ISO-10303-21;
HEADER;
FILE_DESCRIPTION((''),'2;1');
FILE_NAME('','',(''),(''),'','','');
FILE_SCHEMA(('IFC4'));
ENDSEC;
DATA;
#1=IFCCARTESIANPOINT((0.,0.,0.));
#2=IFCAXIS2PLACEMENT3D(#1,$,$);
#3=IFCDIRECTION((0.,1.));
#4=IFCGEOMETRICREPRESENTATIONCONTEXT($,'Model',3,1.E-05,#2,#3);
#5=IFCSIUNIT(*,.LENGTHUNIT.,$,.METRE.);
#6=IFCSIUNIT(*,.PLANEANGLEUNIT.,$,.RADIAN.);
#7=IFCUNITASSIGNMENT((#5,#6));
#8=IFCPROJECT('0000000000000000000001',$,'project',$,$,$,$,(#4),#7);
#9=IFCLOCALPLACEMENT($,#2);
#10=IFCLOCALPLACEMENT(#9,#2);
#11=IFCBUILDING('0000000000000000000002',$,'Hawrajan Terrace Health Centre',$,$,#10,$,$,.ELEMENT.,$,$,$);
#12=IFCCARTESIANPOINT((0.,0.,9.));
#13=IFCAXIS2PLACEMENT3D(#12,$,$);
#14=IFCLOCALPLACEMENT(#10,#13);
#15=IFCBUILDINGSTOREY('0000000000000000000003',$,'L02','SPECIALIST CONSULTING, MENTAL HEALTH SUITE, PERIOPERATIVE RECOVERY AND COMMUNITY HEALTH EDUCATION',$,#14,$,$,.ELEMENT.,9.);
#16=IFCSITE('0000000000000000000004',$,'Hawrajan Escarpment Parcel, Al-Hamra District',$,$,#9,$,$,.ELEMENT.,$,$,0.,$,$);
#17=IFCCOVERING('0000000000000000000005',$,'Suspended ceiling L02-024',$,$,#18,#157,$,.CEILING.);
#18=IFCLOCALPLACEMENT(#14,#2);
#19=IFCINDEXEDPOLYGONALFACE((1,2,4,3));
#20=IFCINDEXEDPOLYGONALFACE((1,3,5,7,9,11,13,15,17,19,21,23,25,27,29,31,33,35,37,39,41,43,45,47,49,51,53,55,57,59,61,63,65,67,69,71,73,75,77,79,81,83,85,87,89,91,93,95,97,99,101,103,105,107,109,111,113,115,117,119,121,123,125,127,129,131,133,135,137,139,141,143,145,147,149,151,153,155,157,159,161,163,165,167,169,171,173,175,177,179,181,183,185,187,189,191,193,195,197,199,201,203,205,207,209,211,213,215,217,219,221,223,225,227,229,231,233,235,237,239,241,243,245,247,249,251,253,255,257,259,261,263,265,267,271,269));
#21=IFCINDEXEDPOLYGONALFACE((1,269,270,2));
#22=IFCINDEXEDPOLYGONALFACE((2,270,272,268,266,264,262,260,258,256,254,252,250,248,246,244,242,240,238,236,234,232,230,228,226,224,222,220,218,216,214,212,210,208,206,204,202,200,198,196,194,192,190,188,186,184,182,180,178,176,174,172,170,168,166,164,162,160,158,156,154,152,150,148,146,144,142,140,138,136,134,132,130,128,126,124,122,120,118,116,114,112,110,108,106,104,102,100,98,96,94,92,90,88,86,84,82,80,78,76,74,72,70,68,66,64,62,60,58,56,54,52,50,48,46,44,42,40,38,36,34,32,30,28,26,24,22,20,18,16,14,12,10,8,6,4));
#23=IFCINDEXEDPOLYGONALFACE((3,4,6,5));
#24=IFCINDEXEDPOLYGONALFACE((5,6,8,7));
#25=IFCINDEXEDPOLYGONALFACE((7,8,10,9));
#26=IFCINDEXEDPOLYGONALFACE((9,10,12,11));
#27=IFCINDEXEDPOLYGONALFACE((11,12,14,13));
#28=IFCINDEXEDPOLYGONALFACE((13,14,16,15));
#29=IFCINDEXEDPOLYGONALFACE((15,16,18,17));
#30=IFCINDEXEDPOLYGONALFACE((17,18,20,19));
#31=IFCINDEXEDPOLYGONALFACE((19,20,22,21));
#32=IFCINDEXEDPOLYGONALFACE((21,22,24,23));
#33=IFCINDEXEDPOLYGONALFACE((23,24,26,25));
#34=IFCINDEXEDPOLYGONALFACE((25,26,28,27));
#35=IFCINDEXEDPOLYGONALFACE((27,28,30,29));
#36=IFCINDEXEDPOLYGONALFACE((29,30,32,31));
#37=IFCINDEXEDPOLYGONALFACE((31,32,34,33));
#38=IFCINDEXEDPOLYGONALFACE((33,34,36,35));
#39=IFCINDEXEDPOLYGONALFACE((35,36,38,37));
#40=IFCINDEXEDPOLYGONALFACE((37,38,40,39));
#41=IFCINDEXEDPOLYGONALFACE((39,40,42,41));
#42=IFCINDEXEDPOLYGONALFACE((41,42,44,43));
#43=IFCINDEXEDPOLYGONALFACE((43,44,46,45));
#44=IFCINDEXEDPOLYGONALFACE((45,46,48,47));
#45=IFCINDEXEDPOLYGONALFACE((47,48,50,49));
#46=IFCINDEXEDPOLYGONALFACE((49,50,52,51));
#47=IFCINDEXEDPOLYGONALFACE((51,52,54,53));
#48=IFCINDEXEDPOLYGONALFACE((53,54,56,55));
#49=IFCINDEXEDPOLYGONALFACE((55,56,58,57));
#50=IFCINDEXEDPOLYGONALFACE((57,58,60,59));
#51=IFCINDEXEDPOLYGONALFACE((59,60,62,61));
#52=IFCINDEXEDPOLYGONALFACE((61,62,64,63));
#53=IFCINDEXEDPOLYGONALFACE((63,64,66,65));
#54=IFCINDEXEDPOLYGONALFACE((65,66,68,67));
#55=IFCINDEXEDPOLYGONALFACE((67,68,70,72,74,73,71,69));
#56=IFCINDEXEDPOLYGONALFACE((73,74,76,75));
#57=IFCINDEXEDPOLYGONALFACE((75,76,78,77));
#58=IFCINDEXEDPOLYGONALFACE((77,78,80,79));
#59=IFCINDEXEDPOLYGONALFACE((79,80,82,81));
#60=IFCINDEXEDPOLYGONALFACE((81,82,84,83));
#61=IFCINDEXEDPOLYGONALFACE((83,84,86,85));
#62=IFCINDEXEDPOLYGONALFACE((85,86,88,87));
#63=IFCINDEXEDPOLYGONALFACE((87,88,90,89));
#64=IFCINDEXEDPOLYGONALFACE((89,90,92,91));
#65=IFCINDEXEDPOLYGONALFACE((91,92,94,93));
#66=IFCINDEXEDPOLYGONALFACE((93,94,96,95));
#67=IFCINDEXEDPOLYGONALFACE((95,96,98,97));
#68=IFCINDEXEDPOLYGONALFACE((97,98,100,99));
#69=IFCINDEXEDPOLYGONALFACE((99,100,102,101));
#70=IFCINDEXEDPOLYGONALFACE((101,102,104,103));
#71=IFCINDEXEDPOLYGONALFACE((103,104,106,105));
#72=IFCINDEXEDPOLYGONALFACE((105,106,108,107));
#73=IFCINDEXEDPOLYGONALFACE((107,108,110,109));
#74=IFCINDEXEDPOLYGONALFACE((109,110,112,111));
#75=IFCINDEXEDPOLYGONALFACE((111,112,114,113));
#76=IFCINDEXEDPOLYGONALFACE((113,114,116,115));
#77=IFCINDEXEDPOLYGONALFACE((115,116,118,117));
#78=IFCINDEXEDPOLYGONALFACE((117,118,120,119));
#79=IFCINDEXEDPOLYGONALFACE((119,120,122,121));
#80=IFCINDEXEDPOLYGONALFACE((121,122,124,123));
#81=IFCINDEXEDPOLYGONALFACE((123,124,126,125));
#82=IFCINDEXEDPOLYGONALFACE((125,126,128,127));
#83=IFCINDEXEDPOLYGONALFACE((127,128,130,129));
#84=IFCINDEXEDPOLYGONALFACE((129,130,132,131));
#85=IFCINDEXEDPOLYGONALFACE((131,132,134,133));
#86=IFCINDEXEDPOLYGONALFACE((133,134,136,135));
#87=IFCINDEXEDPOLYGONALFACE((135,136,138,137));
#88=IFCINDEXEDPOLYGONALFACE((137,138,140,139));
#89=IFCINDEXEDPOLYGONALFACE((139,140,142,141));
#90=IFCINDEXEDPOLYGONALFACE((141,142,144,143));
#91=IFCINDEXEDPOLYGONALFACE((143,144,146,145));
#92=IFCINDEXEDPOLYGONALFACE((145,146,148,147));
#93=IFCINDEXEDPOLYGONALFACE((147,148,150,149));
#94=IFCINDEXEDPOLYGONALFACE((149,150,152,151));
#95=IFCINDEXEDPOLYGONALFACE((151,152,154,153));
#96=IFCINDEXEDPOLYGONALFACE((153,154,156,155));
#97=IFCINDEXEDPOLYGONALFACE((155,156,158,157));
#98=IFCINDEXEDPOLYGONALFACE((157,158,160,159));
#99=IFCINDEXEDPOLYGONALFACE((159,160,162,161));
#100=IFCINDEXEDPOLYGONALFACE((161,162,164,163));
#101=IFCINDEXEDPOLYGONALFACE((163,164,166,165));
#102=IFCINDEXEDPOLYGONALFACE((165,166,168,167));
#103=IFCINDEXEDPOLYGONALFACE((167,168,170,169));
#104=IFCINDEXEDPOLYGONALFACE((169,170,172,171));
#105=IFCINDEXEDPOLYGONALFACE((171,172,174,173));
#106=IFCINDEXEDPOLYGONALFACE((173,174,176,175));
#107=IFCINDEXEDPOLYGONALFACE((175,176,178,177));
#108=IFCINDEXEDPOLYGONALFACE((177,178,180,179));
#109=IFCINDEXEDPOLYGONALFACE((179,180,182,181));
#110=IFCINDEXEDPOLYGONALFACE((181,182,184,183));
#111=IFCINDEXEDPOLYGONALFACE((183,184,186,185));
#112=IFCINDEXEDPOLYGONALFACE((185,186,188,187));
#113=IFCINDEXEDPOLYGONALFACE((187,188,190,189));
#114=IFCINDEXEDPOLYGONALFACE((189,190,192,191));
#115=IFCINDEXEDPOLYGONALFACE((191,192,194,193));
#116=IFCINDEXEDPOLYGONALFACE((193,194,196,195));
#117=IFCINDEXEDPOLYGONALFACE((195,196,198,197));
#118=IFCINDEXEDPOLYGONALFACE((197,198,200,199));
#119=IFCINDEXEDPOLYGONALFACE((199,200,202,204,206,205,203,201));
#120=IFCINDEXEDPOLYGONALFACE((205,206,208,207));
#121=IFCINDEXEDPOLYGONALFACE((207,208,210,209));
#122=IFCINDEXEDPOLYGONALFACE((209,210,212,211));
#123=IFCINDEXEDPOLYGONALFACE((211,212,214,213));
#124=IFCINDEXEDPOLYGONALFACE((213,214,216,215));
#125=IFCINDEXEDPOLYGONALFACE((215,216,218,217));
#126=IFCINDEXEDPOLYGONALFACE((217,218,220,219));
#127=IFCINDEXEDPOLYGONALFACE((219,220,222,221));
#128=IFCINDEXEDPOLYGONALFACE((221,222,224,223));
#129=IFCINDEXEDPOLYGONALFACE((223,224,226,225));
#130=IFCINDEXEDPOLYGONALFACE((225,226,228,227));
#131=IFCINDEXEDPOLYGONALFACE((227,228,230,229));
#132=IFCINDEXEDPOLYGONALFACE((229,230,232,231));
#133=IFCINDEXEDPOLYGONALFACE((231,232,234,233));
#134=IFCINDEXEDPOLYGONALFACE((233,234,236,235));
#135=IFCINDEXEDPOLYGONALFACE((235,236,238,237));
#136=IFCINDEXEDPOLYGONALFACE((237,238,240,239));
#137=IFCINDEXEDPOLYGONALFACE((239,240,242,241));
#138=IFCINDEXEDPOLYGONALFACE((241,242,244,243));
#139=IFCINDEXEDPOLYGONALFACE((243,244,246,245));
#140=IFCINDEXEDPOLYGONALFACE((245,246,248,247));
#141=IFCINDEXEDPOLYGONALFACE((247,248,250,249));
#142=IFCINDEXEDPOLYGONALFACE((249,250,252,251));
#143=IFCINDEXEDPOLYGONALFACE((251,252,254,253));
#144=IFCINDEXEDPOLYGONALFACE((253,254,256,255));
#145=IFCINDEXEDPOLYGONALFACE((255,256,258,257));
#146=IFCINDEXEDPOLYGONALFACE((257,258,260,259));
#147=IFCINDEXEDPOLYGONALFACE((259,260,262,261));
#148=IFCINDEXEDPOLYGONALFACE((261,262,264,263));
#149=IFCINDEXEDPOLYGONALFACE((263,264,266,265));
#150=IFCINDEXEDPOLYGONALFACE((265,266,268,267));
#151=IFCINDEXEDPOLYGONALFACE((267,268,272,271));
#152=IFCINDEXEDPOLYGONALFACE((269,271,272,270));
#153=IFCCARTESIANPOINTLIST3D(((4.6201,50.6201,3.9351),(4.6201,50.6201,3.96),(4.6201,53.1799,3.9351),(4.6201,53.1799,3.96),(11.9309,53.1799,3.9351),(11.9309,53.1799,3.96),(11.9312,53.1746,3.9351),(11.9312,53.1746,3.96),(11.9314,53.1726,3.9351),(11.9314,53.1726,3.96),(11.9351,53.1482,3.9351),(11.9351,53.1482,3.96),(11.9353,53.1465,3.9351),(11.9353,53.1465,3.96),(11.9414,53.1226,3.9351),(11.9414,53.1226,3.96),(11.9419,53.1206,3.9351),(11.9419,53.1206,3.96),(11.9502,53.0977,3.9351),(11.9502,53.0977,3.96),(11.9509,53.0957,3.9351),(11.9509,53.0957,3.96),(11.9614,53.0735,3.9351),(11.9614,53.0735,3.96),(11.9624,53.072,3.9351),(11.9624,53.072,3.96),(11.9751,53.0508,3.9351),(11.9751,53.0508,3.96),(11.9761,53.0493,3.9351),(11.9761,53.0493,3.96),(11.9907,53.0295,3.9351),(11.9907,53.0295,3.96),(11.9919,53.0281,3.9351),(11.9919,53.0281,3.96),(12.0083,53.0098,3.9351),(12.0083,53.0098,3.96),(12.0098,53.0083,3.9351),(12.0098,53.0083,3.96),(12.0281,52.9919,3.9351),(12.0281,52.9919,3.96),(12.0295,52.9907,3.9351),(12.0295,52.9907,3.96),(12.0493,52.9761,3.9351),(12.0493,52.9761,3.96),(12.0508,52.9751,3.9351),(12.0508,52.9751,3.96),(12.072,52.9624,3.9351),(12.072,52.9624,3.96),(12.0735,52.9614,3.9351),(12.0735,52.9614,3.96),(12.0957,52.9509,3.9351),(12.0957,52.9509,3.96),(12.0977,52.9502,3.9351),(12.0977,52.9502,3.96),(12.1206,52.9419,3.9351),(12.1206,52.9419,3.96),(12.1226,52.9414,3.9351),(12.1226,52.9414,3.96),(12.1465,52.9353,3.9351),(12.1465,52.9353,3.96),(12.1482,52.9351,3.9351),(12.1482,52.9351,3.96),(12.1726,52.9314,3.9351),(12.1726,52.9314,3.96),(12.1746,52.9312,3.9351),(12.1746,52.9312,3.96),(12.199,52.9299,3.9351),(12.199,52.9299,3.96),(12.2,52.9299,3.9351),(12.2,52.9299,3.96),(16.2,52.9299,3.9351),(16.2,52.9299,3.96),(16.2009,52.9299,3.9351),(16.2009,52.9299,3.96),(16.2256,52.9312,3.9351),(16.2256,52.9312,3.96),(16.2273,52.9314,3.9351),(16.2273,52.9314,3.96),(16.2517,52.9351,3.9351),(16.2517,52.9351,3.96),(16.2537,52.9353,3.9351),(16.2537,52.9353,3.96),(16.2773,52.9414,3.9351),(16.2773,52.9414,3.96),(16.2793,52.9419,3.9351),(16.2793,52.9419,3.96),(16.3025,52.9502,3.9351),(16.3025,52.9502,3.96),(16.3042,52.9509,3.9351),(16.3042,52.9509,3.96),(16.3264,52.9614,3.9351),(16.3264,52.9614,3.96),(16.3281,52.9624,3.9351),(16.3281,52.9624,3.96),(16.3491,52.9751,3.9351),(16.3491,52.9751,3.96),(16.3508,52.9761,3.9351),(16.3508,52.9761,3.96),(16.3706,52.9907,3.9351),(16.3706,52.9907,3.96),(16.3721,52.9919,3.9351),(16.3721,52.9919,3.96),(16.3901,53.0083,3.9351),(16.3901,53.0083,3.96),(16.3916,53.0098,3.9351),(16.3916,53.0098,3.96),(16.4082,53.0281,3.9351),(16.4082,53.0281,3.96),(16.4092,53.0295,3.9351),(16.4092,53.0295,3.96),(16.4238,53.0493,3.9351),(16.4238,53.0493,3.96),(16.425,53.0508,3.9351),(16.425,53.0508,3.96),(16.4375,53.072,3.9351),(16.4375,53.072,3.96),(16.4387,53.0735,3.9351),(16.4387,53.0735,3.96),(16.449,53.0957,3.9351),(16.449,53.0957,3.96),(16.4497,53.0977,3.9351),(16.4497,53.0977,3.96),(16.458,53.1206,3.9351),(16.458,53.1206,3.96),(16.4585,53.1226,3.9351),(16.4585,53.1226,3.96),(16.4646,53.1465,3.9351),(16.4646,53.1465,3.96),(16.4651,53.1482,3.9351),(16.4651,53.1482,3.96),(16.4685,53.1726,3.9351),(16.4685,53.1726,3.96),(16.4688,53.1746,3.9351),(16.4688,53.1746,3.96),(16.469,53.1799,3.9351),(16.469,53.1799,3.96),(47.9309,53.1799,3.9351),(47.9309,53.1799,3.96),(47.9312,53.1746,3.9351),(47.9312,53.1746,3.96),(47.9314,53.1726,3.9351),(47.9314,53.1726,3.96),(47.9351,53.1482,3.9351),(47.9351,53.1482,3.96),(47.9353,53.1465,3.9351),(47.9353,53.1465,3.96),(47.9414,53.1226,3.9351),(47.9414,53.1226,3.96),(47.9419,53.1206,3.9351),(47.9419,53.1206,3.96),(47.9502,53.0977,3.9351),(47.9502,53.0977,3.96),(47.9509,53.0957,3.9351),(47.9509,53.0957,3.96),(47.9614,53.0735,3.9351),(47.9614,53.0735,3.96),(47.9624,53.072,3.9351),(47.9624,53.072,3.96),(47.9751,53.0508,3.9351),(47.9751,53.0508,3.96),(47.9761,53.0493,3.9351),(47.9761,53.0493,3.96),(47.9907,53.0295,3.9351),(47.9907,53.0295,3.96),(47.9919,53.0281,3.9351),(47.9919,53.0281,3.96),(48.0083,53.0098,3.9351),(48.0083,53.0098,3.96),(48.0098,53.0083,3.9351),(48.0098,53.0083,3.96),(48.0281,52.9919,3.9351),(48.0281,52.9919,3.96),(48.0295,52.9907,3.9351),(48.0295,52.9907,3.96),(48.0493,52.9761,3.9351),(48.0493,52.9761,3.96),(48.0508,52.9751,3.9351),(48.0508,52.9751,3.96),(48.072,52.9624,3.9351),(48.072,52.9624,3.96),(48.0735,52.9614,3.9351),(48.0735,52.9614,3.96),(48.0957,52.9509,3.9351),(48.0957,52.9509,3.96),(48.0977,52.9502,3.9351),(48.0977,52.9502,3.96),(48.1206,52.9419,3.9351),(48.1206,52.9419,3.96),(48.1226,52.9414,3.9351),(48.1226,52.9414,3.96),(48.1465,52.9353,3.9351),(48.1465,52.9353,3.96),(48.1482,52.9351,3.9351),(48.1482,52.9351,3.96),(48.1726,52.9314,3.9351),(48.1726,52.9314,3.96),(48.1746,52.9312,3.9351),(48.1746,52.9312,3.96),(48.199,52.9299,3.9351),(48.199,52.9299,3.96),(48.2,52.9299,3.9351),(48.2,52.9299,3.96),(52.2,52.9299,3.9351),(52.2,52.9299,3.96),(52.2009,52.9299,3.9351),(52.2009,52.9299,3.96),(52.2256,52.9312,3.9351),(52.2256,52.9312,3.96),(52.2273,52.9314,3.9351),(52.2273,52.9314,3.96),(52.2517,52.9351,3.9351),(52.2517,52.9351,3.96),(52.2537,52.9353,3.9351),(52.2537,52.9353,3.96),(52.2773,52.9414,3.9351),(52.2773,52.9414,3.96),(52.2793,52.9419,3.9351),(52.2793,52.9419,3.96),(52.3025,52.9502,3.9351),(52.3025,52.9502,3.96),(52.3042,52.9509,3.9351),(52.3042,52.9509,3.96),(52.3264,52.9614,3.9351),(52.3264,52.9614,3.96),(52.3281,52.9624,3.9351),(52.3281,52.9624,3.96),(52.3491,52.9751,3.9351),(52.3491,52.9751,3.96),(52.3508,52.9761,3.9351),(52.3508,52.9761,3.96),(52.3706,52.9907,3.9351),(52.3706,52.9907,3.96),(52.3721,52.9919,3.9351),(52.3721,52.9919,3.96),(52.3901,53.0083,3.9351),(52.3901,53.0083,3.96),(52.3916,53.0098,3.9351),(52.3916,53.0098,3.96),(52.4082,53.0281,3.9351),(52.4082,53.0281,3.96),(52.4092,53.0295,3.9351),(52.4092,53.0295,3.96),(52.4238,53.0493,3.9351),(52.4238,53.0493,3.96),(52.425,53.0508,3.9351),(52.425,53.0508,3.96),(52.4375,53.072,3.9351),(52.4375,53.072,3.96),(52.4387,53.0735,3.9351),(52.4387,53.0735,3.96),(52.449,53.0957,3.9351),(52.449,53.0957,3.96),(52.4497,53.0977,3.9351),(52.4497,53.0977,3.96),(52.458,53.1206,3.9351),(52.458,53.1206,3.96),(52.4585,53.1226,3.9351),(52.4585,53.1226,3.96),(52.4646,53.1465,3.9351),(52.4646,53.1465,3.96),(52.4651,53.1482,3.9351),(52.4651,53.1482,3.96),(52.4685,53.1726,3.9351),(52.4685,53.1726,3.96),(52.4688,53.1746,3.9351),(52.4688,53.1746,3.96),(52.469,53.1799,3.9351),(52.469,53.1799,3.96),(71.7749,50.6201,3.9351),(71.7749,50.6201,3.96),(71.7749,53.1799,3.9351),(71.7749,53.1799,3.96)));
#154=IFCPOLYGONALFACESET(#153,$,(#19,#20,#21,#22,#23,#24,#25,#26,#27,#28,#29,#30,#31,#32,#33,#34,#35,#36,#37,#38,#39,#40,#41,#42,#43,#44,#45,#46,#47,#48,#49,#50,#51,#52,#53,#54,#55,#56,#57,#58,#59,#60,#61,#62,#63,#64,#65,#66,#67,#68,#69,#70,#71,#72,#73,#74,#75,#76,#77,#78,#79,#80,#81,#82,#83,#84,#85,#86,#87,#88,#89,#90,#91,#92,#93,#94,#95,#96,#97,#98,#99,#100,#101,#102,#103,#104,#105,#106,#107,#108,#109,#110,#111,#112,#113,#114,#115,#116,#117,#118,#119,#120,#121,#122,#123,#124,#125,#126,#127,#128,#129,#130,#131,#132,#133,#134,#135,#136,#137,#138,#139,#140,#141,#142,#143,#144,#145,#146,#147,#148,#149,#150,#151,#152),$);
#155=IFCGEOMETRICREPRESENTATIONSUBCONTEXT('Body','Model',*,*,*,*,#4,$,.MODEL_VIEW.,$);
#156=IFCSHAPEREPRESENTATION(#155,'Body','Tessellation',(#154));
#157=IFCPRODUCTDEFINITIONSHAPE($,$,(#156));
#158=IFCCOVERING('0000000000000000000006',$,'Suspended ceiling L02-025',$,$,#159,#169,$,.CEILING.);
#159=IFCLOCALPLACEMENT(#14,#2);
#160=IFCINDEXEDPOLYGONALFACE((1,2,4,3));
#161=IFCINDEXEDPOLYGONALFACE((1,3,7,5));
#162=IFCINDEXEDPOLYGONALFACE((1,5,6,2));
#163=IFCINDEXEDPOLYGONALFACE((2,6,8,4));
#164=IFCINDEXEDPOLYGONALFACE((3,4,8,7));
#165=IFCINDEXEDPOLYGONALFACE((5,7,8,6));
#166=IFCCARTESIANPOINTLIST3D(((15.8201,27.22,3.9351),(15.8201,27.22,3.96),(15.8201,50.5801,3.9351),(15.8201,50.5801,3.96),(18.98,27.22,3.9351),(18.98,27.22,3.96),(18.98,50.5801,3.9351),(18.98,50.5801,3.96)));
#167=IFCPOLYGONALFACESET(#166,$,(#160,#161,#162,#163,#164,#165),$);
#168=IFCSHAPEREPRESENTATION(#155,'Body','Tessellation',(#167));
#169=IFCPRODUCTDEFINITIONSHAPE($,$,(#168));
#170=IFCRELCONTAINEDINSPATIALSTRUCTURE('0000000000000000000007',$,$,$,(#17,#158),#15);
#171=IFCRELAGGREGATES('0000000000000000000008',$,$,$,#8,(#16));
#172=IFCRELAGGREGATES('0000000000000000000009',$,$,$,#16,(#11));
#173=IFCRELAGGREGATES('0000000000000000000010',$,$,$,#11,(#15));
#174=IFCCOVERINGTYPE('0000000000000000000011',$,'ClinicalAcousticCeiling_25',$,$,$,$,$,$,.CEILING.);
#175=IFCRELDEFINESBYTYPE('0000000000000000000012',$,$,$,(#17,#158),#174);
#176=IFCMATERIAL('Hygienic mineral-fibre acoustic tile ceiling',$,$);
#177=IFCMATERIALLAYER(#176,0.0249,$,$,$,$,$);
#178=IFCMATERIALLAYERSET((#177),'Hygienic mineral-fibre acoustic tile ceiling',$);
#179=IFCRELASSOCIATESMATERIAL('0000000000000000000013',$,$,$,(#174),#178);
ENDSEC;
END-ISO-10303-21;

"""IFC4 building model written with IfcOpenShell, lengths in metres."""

from ifc_helpers import new_model, si_unit, direction, frame, origin, place, context, subcontext, project, spatial, polyline, outline, extrude, material, layer, layer_set, type_object, element, save


model = new_model("IFC4")

# Units and contexts
model_context = context("Model", 3, precision=1e-05, world=origin(), true_north=direction((0.0, 1.0)))
body_context = subcontext(model_context, "Body", "Model", "MODEL_VIEW")
ifc_project = project(units=[si_unit("LENGTHUNIT", "METRE"), si_unit("PLANEANGLEUNIT", "RADIAN")], contexts=[model_context])

# Site, building, storey
site_placement = place(None, origin())
site = spatial("IfcSite", under=ifc_project, at=site_placement, Name="Hawrajan Escarpment Parcel, Al-Hamra District", CompositionType="ELEMENT", RefElevation=0.0)
building_placement = place(site_placement, origin())
building = spatial("IfcBuilding", under=site, at=building_placement, Name="Hawrajan Terrace Health Centre", CompositionType="ELEMENT")
storey_placement = place(building_placement, frame((0.0, 0.0, 9.0)))
storey = spatial("IfcBuildingStorey", under=building, at=storey_placement, Name="L02", Description="SPECIALIST CONSULTING, MENTAL HEALTH SUITE, PERIOPERATIVE RECOVERY AND COMMUNITY HEALTH EDUCATION", CompositionType="ELEMENT", Elevation=9.0)

# Coverings
ifc_material = material(Name="Hygienic mineral-fibre acoustic tile ceiling")
ifc_layer = layer(ifc_material, 0.0249)
ifc_layer_set = layer_set([ifc_layer], Name="Hygienic mineral-fibre acoustic tile ceiling")
covering_type = type_object("IfcCoveringType", Name="ClinicalAcousticCeiling_25", PredefinedType="CEILING", material=ifc_layer_set)
covering_1_placement = place(storey_placement, frame((0.0, 0.0, 3.9351)))
element("IfcCovering", 1, at=covering_1_placement, inside=storey, type_object=covering_type, Name="Suspended ceiling L02-024", PredefinedType="CEILING", context=body_context, shape_type="SweptSolid", body=[
    extrude(outline(polyline([(71.7749, 53.1799), (71.7749, 50.6201), (4.6201, 50.6201), (4.6201, 53.1799), (11.9309, 53.1799), (11.9312, 53.1746), (11.9314, 53.1726), (11.9351, 53.1482), (11.9353, 53.1465), (11.9414, 53.1226), (11.9419, 53.1206), (11.9502, 53.0977), (11.9509, 53.0957), (11.9614, 53.0735), (11.9624, 53.072), (11.9751, 53.0508), (11.9761, 53.0493), (11.9907, 53.0295), (11.9919, 53.0281), (12.0083, 53.0098), (12.0098, 53.0083), (12.0281, 52.9919), (12.0295, 52.9907), (12.0493, 52.9761), (12.0508, 52.9751), (12.072, 52.9624), (12.0735, 52.9614), (12.0957, 52.9509), (12.0977, 52.9502), (12.1206, 52.9419), (12.1226, 52.9414), (12.1465, 52.9353), (12.1482, 52.9351), (12.1726, 52.9314), (12.1746, 52.9312), (12.199, 52.9299), (12.2, 52.9299), (16.2, 52.9299), (16.2009, 52.9299), (16.2256, 52.9312), (16.2273, 52.9314), (16.2517, 52.9351), (16.2537, 52.9353), (16.2773, 52.9414), (16.2793, 52.9419), (16.3025, 52.9502), (16.3042, 52.9509), (16.3264, 52.9614), (16.3281, 52.9624), (16.3491, 52.9751), (16.3508, 52.9761), (16.3706, 52.9907), (16.3721, 52.9919), (16.3901, 53.0083), (16.3916, 53.0098), (16.4082, 53.0281), (16.4092, 53.0295), (16.4238, 53.0493), (16.425, 53.0508), (16.4375, 53.072), (16.4387, 53.0735), (16.449, 53.0957), (16.4497, 53.0977), (16.458, 53.1206), (16.4585, 53.1226), (16.4646, 53.1465), (16.4651, 53.1482), (16.4685, 53.1726), (16.4688, 53.1746), (16.469, 53.1799), (47.9309, 53.1799), (47.9312, 53.1746), (47.9314, 53.1726), (47.9351, 53.1482), (47.9353, 53.1465), (47.9414, 53.1226), (47.9419, 53.1206), (47.9502, 53.0977), (47.9509, 53.0957), (47.9614, 53.0735), (47.9624, 53.072), (47.9751, 53.0508), (47.9761, 53.0493), (47.9907, 53.0295), (47.9919, 53.0281), (48.0083, 53.0098), (48.0098, 53.0083), (48.0281, 52.9919), (48.0295, 52.9907), (48.0493, 52.9761), (48.0508, 52.9751), (48.072, 52.9624), (48.0735, 52.9614), (48.0957, 52.9509), (48.0977, 52.9502), (48.1206, 52.9419), (48.1226, 52.9414), (48.1465, 52.9353), (48.1482, 52.9351), (48.1726, 52.9314), (48.1746, 52.9312), (48.199, 52.9299), (48.2, 52.9299), (52.2, 52.9299), (52.2009, 52.9299), (52.2256, 52.9312), (52.2273, 52.9314), (52.2517, 52.9351), (52.2537, 52.9353), (52.2773, 52.9414), (52.2793, 52.9419), (52.3025, 52.9502), (52.3042, 52.9509), (52.3264, 52.9614), (52.3281, 52.9624), (52.3491, 52.9751), (52.3508, 52.9761), (52.3706, 52.9907), (52.3721, 52.9919), (52.3901, 53.0083), (52.3916, 53.0098), (52.4082, 53.0281), (52.4092, 53.0295), (52.4238, 53.0493), (52.425, 53.0508), (52.4375, 53.072), (52.4387, 53.0735), (52.449, 53.0957), (52.4497, 53.0977), (52.458, 53.1206), (52.4585, 53.1226), (52.4646, 53.1465), (52.4651, 53.1482), (52.4685, 53.1726), (52.4688, 53.1746), (52.469, 53.1799), (71.7749, 53.1799)])), origin(), (0.0, 0.0, 1.0), 0.0249),
])
covering_2_placement = place(storey_placement, frame((0.0, 0.0, 3.9351)))
element("IfcCovering", 2, at=covering_2_placement, inside=storey, type_object=covering_type, Name="Suspended ceiling L02-025", PredefinedType="CEILING", context=body_context, shape_type="SweptSolid", body=[
    extrude(outline(polyline([(15.8201, 50.5801), (18.98, 50.5801), (18.98, 27.22), (15.8201, 27.22), (15.8201, 50.5801)])), origin(), (0.0, 0.0, 1.0), 0.0249),
])

save(model, "model.ifc")
